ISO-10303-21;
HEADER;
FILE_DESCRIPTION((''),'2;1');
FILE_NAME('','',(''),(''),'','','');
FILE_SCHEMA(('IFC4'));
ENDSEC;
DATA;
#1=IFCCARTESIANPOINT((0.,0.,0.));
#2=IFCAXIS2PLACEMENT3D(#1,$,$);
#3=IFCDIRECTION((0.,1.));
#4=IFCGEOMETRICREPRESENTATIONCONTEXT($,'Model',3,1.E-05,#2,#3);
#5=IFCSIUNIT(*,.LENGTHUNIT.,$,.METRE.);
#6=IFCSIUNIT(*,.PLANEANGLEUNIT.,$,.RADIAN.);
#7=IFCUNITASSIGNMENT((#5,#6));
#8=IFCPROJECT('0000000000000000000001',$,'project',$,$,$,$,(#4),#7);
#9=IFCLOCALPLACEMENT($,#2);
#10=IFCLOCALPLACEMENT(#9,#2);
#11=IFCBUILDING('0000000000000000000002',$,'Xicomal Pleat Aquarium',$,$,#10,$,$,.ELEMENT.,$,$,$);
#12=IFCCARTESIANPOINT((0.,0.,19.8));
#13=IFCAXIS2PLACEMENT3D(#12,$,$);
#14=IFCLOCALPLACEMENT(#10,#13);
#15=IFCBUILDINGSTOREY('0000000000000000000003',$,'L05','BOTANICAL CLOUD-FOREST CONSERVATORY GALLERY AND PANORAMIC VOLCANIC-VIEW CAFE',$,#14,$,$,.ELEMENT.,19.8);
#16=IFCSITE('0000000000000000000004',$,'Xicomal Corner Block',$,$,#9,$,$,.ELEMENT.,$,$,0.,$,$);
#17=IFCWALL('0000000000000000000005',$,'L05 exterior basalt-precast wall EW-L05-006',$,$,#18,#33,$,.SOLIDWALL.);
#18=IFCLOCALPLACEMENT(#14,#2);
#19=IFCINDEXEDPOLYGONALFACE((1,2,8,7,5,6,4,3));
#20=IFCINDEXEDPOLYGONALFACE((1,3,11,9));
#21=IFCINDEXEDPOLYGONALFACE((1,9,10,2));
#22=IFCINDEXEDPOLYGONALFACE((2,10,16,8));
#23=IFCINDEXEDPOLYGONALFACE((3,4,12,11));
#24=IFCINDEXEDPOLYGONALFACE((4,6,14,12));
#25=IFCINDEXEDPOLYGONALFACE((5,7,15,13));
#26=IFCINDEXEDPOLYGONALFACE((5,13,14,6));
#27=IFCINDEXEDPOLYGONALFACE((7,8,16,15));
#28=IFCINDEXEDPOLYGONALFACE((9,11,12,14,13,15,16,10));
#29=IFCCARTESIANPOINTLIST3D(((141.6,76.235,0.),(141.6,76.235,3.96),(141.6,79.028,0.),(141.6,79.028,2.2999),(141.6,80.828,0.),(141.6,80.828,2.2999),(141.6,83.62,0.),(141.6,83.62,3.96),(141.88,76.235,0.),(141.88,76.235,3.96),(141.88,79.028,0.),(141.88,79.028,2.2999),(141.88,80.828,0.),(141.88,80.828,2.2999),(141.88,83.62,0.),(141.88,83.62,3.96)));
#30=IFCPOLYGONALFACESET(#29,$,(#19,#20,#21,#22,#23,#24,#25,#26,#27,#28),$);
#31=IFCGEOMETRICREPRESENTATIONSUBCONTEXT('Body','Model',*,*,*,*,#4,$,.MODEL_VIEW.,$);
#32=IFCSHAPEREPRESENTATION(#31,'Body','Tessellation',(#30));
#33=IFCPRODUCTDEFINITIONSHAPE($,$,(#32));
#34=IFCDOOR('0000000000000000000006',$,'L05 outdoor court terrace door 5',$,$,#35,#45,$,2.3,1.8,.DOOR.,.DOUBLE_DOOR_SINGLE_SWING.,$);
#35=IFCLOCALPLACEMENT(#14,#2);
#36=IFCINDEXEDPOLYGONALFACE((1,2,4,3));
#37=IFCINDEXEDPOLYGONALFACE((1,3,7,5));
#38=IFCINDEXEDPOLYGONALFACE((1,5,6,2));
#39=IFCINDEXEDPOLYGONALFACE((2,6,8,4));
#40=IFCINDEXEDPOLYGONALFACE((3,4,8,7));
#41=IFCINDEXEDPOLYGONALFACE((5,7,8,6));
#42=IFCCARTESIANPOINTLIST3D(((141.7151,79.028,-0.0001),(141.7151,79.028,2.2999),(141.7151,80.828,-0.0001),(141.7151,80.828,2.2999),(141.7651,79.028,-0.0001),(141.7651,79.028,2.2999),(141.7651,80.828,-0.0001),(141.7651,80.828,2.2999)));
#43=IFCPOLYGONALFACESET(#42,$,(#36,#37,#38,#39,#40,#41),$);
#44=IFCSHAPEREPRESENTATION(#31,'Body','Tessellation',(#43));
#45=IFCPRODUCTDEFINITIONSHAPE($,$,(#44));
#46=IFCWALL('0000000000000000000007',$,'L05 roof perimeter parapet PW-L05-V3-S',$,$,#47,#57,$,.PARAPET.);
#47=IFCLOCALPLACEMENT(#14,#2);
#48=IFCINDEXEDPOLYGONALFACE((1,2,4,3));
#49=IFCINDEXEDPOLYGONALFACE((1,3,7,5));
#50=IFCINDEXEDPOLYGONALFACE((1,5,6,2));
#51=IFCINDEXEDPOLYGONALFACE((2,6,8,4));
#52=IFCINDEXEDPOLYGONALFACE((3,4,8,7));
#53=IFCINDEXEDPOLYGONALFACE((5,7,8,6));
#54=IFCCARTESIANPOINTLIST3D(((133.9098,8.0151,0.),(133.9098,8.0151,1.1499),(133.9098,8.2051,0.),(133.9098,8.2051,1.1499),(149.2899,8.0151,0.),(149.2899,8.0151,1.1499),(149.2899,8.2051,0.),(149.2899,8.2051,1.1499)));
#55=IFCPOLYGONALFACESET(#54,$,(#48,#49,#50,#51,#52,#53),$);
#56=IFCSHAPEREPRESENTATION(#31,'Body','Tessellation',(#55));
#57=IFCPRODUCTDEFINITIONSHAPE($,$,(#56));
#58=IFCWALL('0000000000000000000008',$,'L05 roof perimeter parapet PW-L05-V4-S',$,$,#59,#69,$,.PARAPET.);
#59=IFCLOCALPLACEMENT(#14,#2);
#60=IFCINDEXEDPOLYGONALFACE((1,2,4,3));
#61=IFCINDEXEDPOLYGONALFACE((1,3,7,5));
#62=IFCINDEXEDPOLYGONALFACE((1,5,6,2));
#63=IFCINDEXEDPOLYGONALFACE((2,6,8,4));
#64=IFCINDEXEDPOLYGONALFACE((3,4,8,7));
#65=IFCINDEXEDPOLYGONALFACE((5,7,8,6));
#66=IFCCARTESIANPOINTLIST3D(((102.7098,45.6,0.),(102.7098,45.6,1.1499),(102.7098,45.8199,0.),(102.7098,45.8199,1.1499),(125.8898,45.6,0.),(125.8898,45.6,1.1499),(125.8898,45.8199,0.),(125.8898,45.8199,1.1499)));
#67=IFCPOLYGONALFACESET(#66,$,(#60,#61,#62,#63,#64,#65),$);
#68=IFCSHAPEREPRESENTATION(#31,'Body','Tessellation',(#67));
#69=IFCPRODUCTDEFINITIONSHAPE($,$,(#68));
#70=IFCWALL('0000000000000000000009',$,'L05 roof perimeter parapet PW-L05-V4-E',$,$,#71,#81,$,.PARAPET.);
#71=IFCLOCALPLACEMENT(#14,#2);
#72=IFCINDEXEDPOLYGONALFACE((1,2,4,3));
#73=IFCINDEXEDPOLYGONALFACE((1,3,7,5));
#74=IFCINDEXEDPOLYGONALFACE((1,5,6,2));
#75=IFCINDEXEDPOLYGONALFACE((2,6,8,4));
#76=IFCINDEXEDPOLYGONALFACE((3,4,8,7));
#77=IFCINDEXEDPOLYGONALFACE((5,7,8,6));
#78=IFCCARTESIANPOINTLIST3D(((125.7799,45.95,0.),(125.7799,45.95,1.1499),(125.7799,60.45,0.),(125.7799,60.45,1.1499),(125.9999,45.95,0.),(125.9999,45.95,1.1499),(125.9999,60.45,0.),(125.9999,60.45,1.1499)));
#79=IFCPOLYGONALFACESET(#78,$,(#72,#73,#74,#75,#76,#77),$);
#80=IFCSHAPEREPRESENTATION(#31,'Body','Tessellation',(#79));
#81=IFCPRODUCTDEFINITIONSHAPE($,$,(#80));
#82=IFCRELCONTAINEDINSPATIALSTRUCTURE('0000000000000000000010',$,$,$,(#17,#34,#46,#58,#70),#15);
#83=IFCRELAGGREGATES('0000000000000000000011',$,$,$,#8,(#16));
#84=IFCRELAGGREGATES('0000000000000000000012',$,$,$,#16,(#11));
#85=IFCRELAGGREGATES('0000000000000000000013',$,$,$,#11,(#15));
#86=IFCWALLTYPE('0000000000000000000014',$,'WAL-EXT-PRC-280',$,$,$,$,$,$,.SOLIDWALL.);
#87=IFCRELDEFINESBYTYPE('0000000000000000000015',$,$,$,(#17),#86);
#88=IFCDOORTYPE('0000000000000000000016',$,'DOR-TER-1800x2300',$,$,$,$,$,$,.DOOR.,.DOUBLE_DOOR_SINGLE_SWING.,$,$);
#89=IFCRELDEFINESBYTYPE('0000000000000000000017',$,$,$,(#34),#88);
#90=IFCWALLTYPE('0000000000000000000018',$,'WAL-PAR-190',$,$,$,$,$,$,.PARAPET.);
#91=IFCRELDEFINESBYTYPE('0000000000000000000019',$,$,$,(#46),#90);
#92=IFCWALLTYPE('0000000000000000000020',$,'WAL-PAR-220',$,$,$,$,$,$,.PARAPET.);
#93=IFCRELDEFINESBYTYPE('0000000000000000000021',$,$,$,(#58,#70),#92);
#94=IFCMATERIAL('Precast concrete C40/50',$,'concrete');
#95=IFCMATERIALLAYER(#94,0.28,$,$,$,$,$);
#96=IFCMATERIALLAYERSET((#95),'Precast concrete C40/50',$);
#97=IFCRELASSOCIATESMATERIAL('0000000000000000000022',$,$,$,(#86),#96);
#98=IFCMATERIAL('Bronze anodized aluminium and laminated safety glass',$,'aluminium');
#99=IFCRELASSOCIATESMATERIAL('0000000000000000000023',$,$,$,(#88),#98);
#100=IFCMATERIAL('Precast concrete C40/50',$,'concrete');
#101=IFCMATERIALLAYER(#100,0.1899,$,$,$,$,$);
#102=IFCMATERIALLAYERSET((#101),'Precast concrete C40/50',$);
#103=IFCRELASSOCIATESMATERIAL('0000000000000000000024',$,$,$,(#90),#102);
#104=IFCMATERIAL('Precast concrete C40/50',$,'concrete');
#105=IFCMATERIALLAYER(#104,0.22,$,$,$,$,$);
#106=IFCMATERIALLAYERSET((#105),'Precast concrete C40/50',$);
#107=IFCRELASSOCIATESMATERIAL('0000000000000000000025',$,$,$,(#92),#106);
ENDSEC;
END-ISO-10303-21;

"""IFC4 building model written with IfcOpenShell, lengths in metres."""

from ifc_helpers import new_model, si_unit, direction, frame, frame_2d, origin, place, context, subcontext, project, spatial, rectangle, extrude, material, layer, layer_set, type_object, element, fill, save


model = new_model("IFC4")

# Units and contexts
model_context = context("Model", 3, precision=1e-05, world=origin(), true_north=direction((0.0, 1.0)))
body_context = subcontext(model_context, "Body", "Model", "MODEL_VIEW")
ifc_project = project(units=[si_unit("LENGTHUNIT", "METRE"), si_unit("PLANEANGLEUNIT", "RADIAN")], contexts=[model_context])

# Site, building, storey
site_placement = place(None, origin())
site = spatial("IfcSite", under=ifc_project, at=site_placement, Name="Xicomal Corner Block", CompositionType="ELEMENT", RefElevation=0.0)
building_placement = place(site_placement, origin())
building = spatial("IfcBuilding", under=site, at=building_placement, Name="Xicomal Pleat Aquarium", CompositionType="ELEMENT")
storey_placement = place(building_placement, frame((0.0, 0.0, 19.8)))
storey = spatial("IfcBuildingStorey", under=building, at=storey_placement, Name="L05", Description="BOTANICAL CLOUD-FOREST CONSERVATORY GALLERY AND PANORAMIC VOLCANIC-VIEW CAFE", CompositionType="ELEMENT", Elevation=19.8)

# Wall, opening, door
ifc_material_1 = material(Name="Precast concrete C40/50", Category="concrete")
ifc_layer_1 = layer(ifc_material_1, 0.28)
ifc_layer_set_1 = layer_set([ifc_layer_1], Name="Precast concrete C40/50")
wall_type_1 = type_object("IfcWallType", Name="WAL-EXT-PRC-280", PredefinedType="SOLIDWALL", material=ifc_layer_set_1)
wall_1_placement = place(storey_placement, frame((141.74, 76.2351, 0.0), z_axis=(0.0, 0.0, 1.0), x_axis=(0.0, 1.0, 0.0)))
wall_1 = element("IfcWall", 1, at=wall_1_placement, inside=storey, type_object=wall_type_1, Name="L05 exterior basalt-precast wall EW-L05-006", PredefinedType="SOLIDWALL", context=body_context, shape_type="SweptSolid", body=[
    extrude(rectangle(XDim=7.385, YDim=0.28, at=frame_2d((3.6924, 0.0))), origin(), (0.0, 0.0, 1.0), 3.96),
])
opening_1_placement = place(wall_1_placement, frame((2.793, 0.0, 0.0)))
opening_1 = element("IfcOpeningElement", 2, at=opening_1_placement, cuts=wall_1, PredefinedType="OPENING", context=body_context, shape_type="SweptSolid", body=[
    extrude(rectangle(XDim=1.8, YDim=2.3, at=frame_2d((0.8999, 1.1499))), frame((0.0, 0.1499, 0.0), z_axis=(0.0, -1.0, 0.0), x_axis=(1.0, 0.0, 0.0)), (0.0, 0.0, 1.0), 0.3),
])
ifc_material_2 = material(Name="Bronze anodized aluminium and laminated safety glass", Category="aluminium")
door_type_1 = type_object("IfcDoorType", Name="DOR-TER-1800x2300", OperationType="DOUBLE_DOOR_SINGLE_SWING", PredefinedType="DOOR", material=ifc_material_2)
door_1_placement = place(opening_1_placement, origin())
door_1 = element("IfcDoor", 3, at=door_1_placement, inside=storey, type_object=door_type_1, Name="L05 outdoor court terrace door 5", OperationType="DOUBLE_DOOR_SINGLE_SWING", OverallHeight=2.3, OverallWidth=1.8, PredefinedType="DOOR", context=body_context, shape_type="SweptSolid", body=[
    extrude(rectangle(XDim=1.8, YDim=2.3, at=frame_2d((0.8999, 1.1499))), frame((0.0, 0.0249, 0.0), z_axis=(0.0, -1.0, 0.0), x_axis=(1.0, 0.0, 0.0)), (0.0, 0.0, 1.0), 0.05),
])
fill(opening_1, door_1)

# Walls
ifc_material_3 = material(Name="Precast concrete C40/50", Category="concrete")
ifc_layer_2 = layer(ifc_material_3, 0.1899)
ifc_layer_set_2 = layer_set([ifc_layer_2], Name="Precast concrete C40/50")
wall_type_2 = type_object("IfcWallType", Name="WAL-PAR-190", PredefinedType="PARAPET", material=ifc_layer_set_2)
for number, where, z_axis, x_axis, name in (
    (4, (133.9099, 8.1101, 0.0), (0.0, 0.0, 1.0), (1.0, 0.0, 0.0), "L05 roof perimeter parapet PW-L05-V3-S"),
):
    element("IfcWall", number, at=place(storey_placement, frame(where, z_axis=z_axis, x_axis=x_axis)), inside=storey, type_object=wall_type_2, Name=name, PredefinedType="PARAPET", context=body_context, shape_type="SweptSolid", body=[
        extrude(rectangle(XDim=15.3801, YDim=0.1899, at=frame_2d((7.6899, 0.0))), origin(), (0.0, 0.0, 1.0), 1.1499),
    ])
ifc_material_4 = material(Name="Precast concrete C40/50", Category="concrete")
ifc_layer_3 = layer(ifc_material_4, 0.22)
ifc_layer_set_3 = layer_set([ifc_layer_3], Name="Precast concrete C40/50")
wall_type_3 = type_object("IfcWallType", Name="WAL-PAR-220", PredefinedType="PARAPET", material=ifc_layer_set_3)
wall_2_placement = place(storey_placement, frame((102.71, 45.71, 0.0), z_axis=(0.0, 0.0, 1.0), x_axis=(1.0, 0.0, 0.0)))
element("IfcWall", 5, at=wall_2_placement, inside=storey, type_object=wall_type_3, Name="L05 roof perimeter parapet PW-L05-V4-S", PredefinedType="PARAPET", context=body_context, shape_type="SweptSolid", body=[
    extrude(rectangle(XDim=23.1799, YDim=0.22, at=frame_2d((11.5898, 0.0))), origin(), (0.0, 0.0, 1.0), 1.1499),
])
wall_3_placement = place(storey_placement, frame((125.8899, 45.95, 0.0), z_axis=(0.0, 0.0, 1.0), x_axis=(0.0, 1.0, 0.0)))
element("IfcWall", 6, at=wall_3_placement, inside=storey, type_object=wall_type_3, Name="L05 roof perimeter parapet PW-L05-V4-E", PredefinedType="PARAPET", context=body_context, shape_type="SweptSolid", body=[
    extrude(rectangle(XDim=14.5, YDim=0.22, at=frame_2d((7.25, 0.0))), origin(), (0.0, 0.0, 1.0), 1.1499),
])

save(model, "model.ifc")
